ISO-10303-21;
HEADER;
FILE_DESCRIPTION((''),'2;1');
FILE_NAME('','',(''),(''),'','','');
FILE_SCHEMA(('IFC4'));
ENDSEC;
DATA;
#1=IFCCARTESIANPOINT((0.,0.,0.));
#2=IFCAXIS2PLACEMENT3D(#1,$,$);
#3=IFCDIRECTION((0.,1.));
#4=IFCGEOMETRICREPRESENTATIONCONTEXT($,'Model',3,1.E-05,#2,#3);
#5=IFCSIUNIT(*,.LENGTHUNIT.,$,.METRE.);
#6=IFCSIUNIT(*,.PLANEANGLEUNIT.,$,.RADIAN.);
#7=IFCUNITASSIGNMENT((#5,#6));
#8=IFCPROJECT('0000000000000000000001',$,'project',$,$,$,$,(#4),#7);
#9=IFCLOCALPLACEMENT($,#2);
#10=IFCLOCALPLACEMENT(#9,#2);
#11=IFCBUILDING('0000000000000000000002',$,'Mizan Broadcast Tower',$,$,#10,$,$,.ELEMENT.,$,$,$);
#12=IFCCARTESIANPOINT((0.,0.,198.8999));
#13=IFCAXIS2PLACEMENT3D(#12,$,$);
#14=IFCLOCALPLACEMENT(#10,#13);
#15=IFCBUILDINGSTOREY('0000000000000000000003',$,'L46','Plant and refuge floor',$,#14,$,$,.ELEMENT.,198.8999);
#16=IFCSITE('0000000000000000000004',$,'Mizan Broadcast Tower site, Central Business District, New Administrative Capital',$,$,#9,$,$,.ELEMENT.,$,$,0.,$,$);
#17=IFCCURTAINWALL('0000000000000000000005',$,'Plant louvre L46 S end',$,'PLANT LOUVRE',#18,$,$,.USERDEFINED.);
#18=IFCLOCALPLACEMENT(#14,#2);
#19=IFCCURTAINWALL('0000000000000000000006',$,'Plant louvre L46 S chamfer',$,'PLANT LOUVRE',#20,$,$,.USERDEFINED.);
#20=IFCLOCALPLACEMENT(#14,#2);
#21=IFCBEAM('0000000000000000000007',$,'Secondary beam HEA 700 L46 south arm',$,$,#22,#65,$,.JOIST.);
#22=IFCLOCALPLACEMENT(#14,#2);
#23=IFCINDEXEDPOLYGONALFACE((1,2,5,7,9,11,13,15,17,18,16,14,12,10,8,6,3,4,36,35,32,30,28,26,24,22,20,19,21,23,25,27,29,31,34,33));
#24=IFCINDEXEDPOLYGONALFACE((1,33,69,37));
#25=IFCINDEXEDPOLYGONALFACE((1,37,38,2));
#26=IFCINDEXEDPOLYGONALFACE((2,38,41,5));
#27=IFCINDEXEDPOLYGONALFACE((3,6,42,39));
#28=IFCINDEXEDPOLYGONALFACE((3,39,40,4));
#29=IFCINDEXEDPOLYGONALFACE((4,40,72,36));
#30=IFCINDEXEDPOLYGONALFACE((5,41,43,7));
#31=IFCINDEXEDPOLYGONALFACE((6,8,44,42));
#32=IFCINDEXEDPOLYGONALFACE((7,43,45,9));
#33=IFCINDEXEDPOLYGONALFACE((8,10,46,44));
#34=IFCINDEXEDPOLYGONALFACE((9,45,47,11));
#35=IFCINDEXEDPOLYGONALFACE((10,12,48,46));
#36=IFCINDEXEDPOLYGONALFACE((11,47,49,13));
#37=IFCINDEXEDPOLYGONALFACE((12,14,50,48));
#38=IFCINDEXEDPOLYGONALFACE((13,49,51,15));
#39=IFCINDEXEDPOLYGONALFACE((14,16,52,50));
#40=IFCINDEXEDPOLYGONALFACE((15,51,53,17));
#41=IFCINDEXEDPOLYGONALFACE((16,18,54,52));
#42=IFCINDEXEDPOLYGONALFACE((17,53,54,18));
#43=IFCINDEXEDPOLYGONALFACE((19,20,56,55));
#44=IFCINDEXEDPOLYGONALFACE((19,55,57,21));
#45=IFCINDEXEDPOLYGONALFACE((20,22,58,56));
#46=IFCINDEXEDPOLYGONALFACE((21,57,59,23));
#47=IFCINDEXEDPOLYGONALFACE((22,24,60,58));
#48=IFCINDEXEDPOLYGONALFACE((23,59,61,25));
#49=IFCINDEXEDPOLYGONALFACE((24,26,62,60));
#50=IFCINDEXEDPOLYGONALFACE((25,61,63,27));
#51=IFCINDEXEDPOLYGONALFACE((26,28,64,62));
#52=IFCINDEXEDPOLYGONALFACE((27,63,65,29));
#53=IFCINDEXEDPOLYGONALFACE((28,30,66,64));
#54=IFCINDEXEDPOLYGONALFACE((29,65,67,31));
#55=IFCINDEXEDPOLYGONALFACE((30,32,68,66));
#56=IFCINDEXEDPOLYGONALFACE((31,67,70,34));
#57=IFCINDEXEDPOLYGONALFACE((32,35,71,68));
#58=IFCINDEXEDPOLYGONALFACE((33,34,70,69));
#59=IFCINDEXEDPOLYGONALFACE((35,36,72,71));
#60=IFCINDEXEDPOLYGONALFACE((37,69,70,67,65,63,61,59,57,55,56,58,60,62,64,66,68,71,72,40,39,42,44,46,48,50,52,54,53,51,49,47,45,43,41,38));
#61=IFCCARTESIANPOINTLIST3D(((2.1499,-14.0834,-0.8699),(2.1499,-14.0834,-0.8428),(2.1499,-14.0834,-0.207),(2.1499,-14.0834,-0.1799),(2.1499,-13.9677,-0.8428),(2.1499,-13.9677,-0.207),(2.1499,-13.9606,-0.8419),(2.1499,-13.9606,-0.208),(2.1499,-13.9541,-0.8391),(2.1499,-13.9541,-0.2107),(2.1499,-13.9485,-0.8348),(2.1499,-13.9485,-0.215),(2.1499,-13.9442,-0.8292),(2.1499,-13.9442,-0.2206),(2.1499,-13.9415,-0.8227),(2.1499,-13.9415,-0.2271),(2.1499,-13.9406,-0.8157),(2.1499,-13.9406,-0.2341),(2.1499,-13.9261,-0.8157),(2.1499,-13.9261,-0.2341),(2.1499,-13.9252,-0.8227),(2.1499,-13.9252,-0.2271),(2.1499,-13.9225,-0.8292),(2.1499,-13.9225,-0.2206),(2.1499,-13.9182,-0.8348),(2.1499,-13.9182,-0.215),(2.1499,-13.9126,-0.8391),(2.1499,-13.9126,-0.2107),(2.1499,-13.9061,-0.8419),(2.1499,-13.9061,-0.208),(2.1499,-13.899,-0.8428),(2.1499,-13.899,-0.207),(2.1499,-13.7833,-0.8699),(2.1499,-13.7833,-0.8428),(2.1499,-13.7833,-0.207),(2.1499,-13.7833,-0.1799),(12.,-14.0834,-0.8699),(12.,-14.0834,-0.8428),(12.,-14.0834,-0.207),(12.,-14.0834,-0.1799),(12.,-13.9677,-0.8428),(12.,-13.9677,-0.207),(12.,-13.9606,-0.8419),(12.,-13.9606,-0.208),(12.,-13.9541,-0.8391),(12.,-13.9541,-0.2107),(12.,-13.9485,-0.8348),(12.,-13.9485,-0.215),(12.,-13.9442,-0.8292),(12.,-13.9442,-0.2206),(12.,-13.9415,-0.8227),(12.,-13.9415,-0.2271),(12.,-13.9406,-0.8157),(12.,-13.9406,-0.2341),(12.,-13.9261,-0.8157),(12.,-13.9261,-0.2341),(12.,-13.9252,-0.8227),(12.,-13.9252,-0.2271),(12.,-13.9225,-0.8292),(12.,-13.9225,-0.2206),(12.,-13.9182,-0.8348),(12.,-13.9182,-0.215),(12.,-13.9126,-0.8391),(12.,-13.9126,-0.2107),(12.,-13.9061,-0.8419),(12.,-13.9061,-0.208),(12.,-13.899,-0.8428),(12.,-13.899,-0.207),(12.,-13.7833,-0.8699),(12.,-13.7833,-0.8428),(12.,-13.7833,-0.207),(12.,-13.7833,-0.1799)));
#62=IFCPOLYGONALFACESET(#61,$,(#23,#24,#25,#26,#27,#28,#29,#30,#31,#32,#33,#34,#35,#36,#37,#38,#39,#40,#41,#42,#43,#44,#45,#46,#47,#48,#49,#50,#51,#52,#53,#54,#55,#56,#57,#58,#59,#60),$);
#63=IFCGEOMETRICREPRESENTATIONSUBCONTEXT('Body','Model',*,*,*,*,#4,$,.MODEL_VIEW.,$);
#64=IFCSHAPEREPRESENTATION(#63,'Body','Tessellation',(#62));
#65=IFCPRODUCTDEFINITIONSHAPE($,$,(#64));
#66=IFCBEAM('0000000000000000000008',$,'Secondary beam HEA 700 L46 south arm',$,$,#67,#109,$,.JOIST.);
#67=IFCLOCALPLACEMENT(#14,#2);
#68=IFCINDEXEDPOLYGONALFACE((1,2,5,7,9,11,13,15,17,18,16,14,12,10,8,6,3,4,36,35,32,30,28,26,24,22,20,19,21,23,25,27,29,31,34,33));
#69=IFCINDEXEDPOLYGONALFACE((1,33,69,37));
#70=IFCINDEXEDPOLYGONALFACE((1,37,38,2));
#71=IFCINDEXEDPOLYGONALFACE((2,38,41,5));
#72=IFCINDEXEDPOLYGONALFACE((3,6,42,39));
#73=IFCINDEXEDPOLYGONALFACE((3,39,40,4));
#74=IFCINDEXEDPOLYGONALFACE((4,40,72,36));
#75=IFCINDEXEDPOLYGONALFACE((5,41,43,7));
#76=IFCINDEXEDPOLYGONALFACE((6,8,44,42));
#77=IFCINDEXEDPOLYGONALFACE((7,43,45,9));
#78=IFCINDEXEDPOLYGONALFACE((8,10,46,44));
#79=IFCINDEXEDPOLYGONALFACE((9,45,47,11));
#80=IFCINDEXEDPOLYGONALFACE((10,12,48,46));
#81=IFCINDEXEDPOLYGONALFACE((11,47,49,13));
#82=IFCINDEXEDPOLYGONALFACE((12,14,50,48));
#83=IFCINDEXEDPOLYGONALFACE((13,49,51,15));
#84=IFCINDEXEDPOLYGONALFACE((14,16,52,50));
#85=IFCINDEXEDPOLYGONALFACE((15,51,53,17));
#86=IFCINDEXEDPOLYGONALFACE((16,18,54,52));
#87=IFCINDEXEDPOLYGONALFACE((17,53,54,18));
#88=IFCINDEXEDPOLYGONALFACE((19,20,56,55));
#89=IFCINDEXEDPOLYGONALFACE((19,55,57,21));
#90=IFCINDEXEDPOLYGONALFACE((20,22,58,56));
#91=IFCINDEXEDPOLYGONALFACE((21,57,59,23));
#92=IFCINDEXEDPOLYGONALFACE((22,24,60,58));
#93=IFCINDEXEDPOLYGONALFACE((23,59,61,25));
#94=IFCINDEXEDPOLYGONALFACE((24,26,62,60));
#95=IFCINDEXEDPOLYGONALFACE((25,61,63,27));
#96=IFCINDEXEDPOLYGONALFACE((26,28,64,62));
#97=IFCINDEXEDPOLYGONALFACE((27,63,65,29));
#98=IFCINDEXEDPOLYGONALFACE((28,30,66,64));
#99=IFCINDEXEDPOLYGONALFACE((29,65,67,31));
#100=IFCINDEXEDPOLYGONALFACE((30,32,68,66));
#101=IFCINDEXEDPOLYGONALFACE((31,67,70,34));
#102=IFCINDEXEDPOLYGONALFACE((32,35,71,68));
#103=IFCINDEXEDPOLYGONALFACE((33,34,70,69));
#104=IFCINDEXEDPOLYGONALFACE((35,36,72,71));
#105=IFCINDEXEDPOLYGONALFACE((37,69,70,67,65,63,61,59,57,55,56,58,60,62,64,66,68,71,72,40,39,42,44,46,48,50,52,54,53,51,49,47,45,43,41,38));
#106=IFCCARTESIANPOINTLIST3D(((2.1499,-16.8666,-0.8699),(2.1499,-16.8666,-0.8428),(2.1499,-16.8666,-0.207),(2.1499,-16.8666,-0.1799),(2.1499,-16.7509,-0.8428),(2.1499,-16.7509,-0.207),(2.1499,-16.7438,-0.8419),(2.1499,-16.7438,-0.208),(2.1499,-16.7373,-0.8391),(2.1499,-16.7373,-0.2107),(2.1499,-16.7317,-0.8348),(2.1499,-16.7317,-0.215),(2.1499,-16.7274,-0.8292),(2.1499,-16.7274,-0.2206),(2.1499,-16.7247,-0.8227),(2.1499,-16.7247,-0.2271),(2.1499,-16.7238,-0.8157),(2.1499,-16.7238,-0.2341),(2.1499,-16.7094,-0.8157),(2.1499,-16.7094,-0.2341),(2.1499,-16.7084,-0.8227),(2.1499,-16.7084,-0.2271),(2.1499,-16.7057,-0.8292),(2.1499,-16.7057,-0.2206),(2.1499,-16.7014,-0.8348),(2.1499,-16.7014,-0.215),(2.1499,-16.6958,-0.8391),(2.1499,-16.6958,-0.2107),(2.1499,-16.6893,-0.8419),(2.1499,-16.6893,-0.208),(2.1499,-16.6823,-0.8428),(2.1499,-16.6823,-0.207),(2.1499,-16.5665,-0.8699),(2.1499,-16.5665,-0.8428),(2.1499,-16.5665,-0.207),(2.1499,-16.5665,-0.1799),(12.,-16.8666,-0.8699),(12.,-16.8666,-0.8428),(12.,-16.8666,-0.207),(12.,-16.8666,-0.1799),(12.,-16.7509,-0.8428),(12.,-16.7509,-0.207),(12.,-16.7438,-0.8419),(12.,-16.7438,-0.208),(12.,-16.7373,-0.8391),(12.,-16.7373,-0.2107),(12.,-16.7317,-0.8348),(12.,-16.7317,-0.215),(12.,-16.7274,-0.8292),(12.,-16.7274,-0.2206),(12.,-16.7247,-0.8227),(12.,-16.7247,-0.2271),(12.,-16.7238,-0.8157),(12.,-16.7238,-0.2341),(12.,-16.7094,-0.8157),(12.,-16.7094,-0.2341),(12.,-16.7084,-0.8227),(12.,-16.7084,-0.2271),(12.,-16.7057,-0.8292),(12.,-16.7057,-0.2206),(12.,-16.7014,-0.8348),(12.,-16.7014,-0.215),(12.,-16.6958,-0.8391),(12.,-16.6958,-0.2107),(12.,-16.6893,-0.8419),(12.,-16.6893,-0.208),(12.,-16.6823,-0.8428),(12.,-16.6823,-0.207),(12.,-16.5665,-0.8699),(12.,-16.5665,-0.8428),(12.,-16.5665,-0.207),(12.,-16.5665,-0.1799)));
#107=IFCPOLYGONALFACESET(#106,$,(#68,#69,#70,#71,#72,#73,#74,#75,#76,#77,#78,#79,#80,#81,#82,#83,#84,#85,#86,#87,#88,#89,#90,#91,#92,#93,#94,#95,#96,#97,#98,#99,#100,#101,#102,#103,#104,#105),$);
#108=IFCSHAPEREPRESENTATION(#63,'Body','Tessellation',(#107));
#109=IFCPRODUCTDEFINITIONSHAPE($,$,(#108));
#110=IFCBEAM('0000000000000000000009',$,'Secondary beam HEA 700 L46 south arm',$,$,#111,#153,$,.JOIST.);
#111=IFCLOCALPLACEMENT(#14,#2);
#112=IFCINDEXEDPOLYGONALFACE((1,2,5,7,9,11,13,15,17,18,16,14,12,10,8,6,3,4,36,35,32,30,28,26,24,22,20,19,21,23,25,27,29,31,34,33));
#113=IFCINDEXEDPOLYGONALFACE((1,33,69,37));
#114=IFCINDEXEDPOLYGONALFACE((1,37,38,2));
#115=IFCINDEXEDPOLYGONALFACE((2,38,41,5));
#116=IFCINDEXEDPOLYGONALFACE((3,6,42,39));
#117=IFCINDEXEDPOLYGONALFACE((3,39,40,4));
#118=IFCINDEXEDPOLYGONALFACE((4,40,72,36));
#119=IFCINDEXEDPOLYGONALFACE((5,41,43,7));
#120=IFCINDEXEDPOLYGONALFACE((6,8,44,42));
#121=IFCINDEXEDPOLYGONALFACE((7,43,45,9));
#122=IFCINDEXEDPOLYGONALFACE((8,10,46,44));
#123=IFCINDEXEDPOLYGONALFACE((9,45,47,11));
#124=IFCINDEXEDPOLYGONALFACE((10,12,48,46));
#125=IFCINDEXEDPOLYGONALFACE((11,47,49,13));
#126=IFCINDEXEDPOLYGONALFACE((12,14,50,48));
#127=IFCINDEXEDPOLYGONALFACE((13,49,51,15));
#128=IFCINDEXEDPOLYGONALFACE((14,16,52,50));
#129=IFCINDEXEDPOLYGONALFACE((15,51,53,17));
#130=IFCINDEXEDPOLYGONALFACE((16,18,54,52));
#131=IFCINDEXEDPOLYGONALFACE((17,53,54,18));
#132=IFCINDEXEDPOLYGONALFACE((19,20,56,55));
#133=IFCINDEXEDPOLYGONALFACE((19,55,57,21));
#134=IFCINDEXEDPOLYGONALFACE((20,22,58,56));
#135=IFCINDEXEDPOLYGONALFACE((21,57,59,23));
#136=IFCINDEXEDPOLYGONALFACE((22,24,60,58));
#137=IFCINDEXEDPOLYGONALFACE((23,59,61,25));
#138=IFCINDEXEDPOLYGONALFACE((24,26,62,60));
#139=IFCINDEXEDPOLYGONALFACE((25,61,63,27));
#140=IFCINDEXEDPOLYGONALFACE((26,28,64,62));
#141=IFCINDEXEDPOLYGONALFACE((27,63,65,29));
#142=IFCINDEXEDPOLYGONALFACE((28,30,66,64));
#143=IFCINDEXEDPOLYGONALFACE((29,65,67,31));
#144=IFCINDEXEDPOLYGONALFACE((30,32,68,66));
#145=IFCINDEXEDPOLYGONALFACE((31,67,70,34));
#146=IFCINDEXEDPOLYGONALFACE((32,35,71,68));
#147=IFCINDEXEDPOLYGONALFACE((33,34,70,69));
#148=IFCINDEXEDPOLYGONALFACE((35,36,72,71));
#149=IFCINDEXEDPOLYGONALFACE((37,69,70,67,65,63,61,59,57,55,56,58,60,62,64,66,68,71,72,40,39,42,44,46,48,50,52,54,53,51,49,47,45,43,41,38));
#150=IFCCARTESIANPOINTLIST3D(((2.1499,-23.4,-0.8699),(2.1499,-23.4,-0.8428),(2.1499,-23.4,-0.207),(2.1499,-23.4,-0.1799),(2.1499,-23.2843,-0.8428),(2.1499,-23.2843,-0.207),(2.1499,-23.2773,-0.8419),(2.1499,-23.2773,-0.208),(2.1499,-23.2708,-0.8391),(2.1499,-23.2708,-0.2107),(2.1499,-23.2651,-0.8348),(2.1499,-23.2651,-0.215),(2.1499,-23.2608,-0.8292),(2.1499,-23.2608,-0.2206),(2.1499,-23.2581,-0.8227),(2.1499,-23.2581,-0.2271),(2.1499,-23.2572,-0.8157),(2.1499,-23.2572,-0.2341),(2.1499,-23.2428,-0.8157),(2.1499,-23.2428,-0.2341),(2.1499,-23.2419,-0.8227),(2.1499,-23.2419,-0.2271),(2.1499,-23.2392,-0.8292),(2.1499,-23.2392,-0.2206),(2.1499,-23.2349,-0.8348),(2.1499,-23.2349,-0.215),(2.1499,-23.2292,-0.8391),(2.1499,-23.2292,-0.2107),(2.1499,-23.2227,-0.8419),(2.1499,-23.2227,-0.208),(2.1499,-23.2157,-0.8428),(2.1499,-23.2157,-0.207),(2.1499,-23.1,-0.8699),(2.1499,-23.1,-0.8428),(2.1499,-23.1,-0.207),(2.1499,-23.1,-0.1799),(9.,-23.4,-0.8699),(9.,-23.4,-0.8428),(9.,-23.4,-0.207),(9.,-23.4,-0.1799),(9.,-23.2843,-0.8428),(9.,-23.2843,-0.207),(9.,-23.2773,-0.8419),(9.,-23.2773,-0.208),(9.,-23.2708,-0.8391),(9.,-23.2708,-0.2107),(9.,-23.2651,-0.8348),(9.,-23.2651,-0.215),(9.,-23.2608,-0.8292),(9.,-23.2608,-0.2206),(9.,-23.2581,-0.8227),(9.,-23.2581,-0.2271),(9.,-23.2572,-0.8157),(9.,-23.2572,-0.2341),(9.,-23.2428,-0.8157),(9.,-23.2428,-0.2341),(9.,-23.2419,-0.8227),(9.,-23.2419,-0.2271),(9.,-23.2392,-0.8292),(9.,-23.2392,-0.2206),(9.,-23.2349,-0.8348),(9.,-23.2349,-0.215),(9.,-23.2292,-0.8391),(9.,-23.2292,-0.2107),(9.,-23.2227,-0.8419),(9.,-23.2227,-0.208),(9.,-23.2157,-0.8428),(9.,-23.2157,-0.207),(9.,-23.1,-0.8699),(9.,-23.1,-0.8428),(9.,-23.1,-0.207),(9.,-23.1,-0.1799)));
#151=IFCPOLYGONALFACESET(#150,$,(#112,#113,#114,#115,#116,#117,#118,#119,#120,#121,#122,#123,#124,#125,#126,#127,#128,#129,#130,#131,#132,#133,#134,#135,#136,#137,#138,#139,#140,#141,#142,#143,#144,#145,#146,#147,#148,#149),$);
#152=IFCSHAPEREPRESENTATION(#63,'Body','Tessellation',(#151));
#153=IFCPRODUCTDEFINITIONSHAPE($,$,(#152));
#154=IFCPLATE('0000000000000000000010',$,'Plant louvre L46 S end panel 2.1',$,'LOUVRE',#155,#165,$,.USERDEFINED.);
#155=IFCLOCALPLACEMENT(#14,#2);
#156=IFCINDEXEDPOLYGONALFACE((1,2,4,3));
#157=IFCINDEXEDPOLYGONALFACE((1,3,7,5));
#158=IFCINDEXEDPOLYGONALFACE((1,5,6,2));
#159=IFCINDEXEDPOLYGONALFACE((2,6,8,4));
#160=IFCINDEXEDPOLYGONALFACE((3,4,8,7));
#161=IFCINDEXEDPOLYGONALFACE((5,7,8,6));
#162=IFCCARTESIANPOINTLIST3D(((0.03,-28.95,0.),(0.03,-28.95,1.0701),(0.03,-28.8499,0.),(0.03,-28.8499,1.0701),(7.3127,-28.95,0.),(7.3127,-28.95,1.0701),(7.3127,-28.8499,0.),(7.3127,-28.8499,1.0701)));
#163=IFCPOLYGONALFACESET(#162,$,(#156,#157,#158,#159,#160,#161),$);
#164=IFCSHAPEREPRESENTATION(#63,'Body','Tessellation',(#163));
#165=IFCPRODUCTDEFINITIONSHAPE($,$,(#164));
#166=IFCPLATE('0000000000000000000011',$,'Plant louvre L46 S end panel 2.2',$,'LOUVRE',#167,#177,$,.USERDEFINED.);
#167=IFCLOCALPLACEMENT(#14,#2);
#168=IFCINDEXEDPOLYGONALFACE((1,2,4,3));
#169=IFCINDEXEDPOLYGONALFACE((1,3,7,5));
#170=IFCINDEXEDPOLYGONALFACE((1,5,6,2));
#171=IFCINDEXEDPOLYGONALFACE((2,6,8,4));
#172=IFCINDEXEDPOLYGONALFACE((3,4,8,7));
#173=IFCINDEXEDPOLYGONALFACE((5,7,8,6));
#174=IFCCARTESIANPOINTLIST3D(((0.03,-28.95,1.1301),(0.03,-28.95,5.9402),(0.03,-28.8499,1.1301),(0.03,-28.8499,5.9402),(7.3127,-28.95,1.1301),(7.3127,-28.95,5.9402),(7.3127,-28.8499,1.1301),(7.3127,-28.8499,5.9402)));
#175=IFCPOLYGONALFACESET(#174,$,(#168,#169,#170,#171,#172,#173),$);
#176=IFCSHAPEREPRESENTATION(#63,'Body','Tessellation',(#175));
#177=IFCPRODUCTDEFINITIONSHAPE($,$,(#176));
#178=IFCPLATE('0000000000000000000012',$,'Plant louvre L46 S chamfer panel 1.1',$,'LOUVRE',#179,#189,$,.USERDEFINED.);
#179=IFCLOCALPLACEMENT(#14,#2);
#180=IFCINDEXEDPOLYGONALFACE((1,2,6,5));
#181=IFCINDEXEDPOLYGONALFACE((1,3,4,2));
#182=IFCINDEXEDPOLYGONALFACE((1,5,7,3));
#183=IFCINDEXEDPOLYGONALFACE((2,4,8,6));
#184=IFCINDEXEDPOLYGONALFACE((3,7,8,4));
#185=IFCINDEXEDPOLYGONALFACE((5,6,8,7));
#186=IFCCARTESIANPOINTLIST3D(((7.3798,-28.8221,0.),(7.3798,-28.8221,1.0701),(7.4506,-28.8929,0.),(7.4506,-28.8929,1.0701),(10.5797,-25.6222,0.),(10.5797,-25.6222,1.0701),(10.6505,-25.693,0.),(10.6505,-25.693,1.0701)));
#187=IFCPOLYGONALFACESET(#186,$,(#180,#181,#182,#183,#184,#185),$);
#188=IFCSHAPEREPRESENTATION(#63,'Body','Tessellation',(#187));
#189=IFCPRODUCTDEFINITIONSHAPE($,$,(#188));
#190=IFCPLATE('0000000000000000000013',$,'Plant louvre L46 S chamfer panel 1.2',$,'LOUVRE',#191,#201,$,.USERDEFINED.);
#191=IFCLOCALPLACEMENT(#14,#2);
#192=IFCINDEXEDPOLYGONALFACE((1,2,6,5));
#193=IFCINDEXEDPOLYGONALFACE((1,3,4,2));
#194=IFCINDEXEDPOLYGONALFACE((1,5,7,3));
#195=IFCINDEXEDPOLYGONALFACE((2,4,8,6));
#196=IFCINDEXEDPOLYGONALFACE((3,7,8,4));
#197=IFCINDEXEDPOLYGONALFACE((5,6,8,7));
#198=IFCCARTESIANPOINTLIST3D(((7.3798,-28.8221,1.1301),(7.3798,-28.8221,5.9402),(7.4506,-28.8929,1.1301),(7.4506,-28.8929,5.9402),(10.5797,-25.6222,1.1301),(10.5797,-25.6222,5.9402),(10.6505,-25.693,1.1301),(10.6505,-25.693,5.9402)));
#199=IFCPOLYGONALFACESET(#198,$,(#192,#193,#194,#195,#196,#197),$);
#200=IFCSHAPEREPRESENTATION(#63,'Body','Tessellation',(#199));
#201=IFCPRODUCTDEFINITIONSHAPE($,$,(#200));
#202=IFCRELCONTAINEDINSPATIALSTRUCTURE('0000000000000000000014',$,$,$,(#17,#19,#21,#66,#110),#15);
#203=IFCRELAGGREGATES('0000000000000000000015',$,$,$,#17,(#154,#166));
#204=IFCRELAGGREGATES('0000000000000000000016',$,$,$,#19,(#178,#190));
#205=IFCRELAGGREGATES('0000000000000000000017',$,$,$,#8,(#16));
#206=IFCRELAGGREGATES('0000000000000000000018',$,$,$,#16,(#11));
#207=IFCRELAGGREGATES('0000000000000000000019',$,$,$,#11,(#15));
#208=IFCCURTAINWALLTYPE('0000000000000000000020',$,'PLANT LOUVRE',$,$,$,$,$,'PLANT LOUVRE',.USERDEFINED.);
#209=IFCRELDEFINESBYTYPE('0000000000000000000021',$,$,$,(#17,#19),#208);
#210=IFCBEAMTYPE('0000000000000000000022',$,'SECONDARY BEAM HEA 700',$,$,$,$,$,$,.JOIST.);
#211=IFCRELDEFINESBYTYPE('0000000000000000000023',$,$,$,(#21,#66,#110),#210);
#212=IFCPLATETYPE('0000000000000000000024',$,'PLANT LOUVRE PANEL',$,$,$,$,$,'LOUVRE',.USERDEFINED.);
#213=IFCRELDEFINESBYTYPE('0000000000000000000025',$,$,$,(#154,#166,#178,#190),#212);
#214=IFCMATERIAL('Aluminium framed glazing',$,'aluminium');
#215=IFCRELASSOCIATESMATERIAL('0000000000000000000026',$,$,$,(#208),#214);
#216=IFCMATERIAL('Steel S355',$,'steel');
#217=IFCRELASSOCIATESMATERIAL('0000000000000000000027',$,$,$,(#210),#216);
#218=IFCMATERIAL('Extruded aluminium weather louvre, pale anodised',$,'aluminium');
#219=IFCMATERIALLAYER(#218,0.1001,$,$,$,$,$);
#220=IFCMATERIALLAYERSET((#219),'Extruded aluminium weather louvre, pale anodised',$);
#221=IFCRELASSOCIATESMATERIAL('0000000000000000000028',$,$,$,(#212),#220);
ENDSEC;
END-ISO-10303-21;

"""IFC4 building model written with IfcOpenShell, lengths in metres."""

from ifc_helpers import new_model, si_unit, direction, frame, origin, origin_2d, place, context, subcontext, project, spatial, rectangle, i_section, extrude, material, layer, layer_set, material_profile, profile_set, type_object, element, aggregate, save


model = new_model("IFC4")

# Units and contexts
model_context = context("Model", 3, precision=1e-05, world=origin(), true_north=direction((0.0, 1.0)))
body_context = subcontext(model_context, "Body", "Model", "MODEL_VIEW")
ifc_project = project(units=[si_unit("LENGTHUNIT", "METRE"), si_unit("PLANEANGLEUNIT", "RADIAN")], contexts=[model_context])

# Site, building, storey
site_placement = place(None, origin())
site = spatial("IfcSite", under=ifc_project, at=site_placement, Name="Mizan Broadcast Tower site, Central Business District, New Administrative Capital", CompositionType="ELEMENT", RefElevation=0.0)
building_placement = place(site_placement, origin())
building = spatial("IfcBuilding", under=site, at=building_placement, Name="Mizan Broadcast Tower", CompositionType="ELEMENT")
storey_placement = place(building_placement, frame((0.0, 0.0, 198.8999)))
storey = spatial("IfcBuildingStorey", under=building, at=storey_placement, Name="L46", Description="Plant and refuge floor", CompositionType="ELEMENT", Elevation=198.8999)

# Curtain wall
ifc_material_1 = material(Name="Aluminium framed glazing", Category="aluminium")
curtain_wall_type = type_object("IfcCurtainWallType", Name="PLANT LOUVRE", ElementType="PLANT LOUVRE", PredefinedType="USERDEFINED", material=ifc_material_1)
curtain_wall_1_placement = place(storey_placement, origin())
curtain_wall_1 = element("IfcCurtainWall", 1, at=curtain_wall_1_placement, inside=storey, type_object=curtain_wall_type, Name="Plant louvre L46 S end", ObjectType="PLANT LOUVRE", PredefinedType="USERDEFINED")

# Curtain wall
curtain_wall_2_placement = place(storey_placement, origin())
curtain_wall_2 = element("IfcCurtainWall", 2, at=curtain_wall_2_placement, inside=storey, type_object=curtain_wall_type, Name="Plant louvre L46 S chamfer", ObjectType="PLANT LOUVRE", PredefinedType="USERDEFINED")

# Beams
ifc_material_2 = material(Name="Steel S355", Category="steel")
ifc_material_profile_1 = material_profile(ifc_material_2, i_section(OverallWidth=0.3, OverallDepth=0.6899, WebThickness=0.0144, FlangeThickness=0.0271, FilletRadius=0.0271, at=origin_2d()), Name="HEA 700")
ifc_profile_set_1 = profile_set([ifc_material_profile_1], Name="Steel S355")
beam_type_1 = type_object("IfcBeamType", Name="SECONDARY BEAM HEA 700", PredefinedType="JOIST", material=ifc_profile_set_1)
for number, where, z_axis, x_axis, name in (
    (3, (12.0, -13.9333, -0.5249), (-1.0, 0.0, 0.0), (0.0, -1.0, 0.0), "Secondary beam HEA 700 L46 south arm"),
    (4, (12.0, -16.7166, -0.5249), (-1.0, 0.0, 0.0), (0.0, -1.0, 0.0), "Secondary beam HEA 700 L46 south arm"),
):
    element("IfcBeam", number, at=place(storey_placement, frame(where, z_axis=z_axis, x_axis=x_axis)), inside=storey, type_object=beam_type_1, Name=name, PredefinedType="JOIST", context=body_context, shape_type="SweptSolid", body=[
        extrude(i_section(OverallWidth=0.3, OverallDepth=0.6899, WebThickness=0.0144, FlangeThickness=0.0271, FilletRadius=0.0271, at=origin_2d()), origin(), (0.0, 0.0, 1.0), 9.8501),
    ])
beam_1_placement = place(storey_placement, frame((9.0, -23.25, -0.5249), z_axis=(-1.0, 0.0, 0.0), x_axis=(0.0, -1.0, 0.0)))
element("IfcBeam", 5, at=beam_1_placement, inside=storey, type_object=beam_type_1, Name="Secondary beam HEA 700 L46 south arm", PredefinedType="JOIST", context=body_context, shape_type="SweptSolid", body=[
    extrude(i_section(OverallWidth=0.3, OverallDepth=0.6899, WebThickness=0.0144, FlangeThickness=0.0271, FilletRadius=0.0271, at=origin_2d()), origin(), (0.0, 0.0, 1.0), 6.8501),
])

# Plates
ifc_material_3 = material(Name="Extruded aluminium weather louvre, pale anodised", Category="aluminium")
ifc_layer = layer(ifc_material_3, 0.1001)
ifc_layer_set = layer_set([ifc_layer], Name="Extruded aluminium weather louvre, pale anodised")
plate_type = type_object("IfcPlateType", Name="PLANT LOUVRE PANEL", ElementType="LOUVRE", PredefinedType="USERDEFINED", material=ifc_layer_set)
plate_1_placement = place(storey_placement, frame((3.6714, -28.8999, 0.0), z_axis=(0.0, 0.0, 1.0), x_axis=(1.0, 0.0, 0.0)))
plate_1 = element("IfcPlate", 6, at=plate_1_placement, type_object=plate_type, Name="Plant louvre L46 S end panel 2.1", ObjectType="LOUVRE", PredefinedType="USERDEFINED", context=body_context, shape_type="SweptSolid", body=[
    extrude(rectangle(XDim=7.2827, YDim=0.1001, at=origin_2d()), origin(), (0.0, 0.0, 1.0), 1.0701),
])
plate_2_placement = place(storey_placement, frame((3.6714, -28.8999, 1.1301), z_axis=(0.0, 0.0, 1.0), x_axis=(1.0, 0.0, 0.0)))
plate_2 = element("IfcPlate", 7, at=plate_2_placement, type_object=plate_type, Name="Plant louvre L46 S end panel 2.2", ObjectType="LOUVRE", PredefinedType="USERDEFINED", context=body_context, shape_type="SweptSolid", body=[
    extrude(rectangle(XDim=7.2827, YDim=0.1001, at=origin_2d()), origin(), (0.0, 0.0, 1.0), 4.8101),
])
aggregate(curtain_wall_1, [plate_1, plate_2])
plate_3_placement = place(storey_placement, frame((9.0151, -27.2576, 0.0), z_axis=(0.0, 0.0, 1.0), x_axis=(0.707107, 0.707107, 0.0)))
plate_3 = element("IfcPlate", 8, at=plate_3_placement, type_object=plate_type, Name="Plant louvre L46 S chamfer panel 1.1", ObjectType="LOUVRE", PredefinedType="USERDEFINED", context=body_context, shape_type="SweptSolid", body=[
    extrude(rectangle(XDim=4.5254, YDim=0.1001, at=origin_2d()), origin(), (0.0, 0.0, 1.0), 1.0701),
])
plate_4_placement = place(storey_placement, frame((9.0151, -27.2576, 1.1301), z_axis=(0.0, 0.0, 1.0), x_axis=(0.707107, 0.707107, 0.0)))
plate_4 = element("IfcPlate", 9, at=plate_4_placement, type_object=plate_type, Name="Plant louvre L46 S chamfer panel 1.2", ObjectType="LOUVRE", PredefinedType="USERDEFINED", context=body_context, shape_type="SweptSolid", body=[
    extrude(rectangle(XDim=4.5254, YDim=0.1001, at=origin_2d()), origin(), (0.0, 0.0, 1.0), 4.8101),
])
aggregate(curtain_wall_2, [plate_3, plate_4])

save(model, "model.ifc")
